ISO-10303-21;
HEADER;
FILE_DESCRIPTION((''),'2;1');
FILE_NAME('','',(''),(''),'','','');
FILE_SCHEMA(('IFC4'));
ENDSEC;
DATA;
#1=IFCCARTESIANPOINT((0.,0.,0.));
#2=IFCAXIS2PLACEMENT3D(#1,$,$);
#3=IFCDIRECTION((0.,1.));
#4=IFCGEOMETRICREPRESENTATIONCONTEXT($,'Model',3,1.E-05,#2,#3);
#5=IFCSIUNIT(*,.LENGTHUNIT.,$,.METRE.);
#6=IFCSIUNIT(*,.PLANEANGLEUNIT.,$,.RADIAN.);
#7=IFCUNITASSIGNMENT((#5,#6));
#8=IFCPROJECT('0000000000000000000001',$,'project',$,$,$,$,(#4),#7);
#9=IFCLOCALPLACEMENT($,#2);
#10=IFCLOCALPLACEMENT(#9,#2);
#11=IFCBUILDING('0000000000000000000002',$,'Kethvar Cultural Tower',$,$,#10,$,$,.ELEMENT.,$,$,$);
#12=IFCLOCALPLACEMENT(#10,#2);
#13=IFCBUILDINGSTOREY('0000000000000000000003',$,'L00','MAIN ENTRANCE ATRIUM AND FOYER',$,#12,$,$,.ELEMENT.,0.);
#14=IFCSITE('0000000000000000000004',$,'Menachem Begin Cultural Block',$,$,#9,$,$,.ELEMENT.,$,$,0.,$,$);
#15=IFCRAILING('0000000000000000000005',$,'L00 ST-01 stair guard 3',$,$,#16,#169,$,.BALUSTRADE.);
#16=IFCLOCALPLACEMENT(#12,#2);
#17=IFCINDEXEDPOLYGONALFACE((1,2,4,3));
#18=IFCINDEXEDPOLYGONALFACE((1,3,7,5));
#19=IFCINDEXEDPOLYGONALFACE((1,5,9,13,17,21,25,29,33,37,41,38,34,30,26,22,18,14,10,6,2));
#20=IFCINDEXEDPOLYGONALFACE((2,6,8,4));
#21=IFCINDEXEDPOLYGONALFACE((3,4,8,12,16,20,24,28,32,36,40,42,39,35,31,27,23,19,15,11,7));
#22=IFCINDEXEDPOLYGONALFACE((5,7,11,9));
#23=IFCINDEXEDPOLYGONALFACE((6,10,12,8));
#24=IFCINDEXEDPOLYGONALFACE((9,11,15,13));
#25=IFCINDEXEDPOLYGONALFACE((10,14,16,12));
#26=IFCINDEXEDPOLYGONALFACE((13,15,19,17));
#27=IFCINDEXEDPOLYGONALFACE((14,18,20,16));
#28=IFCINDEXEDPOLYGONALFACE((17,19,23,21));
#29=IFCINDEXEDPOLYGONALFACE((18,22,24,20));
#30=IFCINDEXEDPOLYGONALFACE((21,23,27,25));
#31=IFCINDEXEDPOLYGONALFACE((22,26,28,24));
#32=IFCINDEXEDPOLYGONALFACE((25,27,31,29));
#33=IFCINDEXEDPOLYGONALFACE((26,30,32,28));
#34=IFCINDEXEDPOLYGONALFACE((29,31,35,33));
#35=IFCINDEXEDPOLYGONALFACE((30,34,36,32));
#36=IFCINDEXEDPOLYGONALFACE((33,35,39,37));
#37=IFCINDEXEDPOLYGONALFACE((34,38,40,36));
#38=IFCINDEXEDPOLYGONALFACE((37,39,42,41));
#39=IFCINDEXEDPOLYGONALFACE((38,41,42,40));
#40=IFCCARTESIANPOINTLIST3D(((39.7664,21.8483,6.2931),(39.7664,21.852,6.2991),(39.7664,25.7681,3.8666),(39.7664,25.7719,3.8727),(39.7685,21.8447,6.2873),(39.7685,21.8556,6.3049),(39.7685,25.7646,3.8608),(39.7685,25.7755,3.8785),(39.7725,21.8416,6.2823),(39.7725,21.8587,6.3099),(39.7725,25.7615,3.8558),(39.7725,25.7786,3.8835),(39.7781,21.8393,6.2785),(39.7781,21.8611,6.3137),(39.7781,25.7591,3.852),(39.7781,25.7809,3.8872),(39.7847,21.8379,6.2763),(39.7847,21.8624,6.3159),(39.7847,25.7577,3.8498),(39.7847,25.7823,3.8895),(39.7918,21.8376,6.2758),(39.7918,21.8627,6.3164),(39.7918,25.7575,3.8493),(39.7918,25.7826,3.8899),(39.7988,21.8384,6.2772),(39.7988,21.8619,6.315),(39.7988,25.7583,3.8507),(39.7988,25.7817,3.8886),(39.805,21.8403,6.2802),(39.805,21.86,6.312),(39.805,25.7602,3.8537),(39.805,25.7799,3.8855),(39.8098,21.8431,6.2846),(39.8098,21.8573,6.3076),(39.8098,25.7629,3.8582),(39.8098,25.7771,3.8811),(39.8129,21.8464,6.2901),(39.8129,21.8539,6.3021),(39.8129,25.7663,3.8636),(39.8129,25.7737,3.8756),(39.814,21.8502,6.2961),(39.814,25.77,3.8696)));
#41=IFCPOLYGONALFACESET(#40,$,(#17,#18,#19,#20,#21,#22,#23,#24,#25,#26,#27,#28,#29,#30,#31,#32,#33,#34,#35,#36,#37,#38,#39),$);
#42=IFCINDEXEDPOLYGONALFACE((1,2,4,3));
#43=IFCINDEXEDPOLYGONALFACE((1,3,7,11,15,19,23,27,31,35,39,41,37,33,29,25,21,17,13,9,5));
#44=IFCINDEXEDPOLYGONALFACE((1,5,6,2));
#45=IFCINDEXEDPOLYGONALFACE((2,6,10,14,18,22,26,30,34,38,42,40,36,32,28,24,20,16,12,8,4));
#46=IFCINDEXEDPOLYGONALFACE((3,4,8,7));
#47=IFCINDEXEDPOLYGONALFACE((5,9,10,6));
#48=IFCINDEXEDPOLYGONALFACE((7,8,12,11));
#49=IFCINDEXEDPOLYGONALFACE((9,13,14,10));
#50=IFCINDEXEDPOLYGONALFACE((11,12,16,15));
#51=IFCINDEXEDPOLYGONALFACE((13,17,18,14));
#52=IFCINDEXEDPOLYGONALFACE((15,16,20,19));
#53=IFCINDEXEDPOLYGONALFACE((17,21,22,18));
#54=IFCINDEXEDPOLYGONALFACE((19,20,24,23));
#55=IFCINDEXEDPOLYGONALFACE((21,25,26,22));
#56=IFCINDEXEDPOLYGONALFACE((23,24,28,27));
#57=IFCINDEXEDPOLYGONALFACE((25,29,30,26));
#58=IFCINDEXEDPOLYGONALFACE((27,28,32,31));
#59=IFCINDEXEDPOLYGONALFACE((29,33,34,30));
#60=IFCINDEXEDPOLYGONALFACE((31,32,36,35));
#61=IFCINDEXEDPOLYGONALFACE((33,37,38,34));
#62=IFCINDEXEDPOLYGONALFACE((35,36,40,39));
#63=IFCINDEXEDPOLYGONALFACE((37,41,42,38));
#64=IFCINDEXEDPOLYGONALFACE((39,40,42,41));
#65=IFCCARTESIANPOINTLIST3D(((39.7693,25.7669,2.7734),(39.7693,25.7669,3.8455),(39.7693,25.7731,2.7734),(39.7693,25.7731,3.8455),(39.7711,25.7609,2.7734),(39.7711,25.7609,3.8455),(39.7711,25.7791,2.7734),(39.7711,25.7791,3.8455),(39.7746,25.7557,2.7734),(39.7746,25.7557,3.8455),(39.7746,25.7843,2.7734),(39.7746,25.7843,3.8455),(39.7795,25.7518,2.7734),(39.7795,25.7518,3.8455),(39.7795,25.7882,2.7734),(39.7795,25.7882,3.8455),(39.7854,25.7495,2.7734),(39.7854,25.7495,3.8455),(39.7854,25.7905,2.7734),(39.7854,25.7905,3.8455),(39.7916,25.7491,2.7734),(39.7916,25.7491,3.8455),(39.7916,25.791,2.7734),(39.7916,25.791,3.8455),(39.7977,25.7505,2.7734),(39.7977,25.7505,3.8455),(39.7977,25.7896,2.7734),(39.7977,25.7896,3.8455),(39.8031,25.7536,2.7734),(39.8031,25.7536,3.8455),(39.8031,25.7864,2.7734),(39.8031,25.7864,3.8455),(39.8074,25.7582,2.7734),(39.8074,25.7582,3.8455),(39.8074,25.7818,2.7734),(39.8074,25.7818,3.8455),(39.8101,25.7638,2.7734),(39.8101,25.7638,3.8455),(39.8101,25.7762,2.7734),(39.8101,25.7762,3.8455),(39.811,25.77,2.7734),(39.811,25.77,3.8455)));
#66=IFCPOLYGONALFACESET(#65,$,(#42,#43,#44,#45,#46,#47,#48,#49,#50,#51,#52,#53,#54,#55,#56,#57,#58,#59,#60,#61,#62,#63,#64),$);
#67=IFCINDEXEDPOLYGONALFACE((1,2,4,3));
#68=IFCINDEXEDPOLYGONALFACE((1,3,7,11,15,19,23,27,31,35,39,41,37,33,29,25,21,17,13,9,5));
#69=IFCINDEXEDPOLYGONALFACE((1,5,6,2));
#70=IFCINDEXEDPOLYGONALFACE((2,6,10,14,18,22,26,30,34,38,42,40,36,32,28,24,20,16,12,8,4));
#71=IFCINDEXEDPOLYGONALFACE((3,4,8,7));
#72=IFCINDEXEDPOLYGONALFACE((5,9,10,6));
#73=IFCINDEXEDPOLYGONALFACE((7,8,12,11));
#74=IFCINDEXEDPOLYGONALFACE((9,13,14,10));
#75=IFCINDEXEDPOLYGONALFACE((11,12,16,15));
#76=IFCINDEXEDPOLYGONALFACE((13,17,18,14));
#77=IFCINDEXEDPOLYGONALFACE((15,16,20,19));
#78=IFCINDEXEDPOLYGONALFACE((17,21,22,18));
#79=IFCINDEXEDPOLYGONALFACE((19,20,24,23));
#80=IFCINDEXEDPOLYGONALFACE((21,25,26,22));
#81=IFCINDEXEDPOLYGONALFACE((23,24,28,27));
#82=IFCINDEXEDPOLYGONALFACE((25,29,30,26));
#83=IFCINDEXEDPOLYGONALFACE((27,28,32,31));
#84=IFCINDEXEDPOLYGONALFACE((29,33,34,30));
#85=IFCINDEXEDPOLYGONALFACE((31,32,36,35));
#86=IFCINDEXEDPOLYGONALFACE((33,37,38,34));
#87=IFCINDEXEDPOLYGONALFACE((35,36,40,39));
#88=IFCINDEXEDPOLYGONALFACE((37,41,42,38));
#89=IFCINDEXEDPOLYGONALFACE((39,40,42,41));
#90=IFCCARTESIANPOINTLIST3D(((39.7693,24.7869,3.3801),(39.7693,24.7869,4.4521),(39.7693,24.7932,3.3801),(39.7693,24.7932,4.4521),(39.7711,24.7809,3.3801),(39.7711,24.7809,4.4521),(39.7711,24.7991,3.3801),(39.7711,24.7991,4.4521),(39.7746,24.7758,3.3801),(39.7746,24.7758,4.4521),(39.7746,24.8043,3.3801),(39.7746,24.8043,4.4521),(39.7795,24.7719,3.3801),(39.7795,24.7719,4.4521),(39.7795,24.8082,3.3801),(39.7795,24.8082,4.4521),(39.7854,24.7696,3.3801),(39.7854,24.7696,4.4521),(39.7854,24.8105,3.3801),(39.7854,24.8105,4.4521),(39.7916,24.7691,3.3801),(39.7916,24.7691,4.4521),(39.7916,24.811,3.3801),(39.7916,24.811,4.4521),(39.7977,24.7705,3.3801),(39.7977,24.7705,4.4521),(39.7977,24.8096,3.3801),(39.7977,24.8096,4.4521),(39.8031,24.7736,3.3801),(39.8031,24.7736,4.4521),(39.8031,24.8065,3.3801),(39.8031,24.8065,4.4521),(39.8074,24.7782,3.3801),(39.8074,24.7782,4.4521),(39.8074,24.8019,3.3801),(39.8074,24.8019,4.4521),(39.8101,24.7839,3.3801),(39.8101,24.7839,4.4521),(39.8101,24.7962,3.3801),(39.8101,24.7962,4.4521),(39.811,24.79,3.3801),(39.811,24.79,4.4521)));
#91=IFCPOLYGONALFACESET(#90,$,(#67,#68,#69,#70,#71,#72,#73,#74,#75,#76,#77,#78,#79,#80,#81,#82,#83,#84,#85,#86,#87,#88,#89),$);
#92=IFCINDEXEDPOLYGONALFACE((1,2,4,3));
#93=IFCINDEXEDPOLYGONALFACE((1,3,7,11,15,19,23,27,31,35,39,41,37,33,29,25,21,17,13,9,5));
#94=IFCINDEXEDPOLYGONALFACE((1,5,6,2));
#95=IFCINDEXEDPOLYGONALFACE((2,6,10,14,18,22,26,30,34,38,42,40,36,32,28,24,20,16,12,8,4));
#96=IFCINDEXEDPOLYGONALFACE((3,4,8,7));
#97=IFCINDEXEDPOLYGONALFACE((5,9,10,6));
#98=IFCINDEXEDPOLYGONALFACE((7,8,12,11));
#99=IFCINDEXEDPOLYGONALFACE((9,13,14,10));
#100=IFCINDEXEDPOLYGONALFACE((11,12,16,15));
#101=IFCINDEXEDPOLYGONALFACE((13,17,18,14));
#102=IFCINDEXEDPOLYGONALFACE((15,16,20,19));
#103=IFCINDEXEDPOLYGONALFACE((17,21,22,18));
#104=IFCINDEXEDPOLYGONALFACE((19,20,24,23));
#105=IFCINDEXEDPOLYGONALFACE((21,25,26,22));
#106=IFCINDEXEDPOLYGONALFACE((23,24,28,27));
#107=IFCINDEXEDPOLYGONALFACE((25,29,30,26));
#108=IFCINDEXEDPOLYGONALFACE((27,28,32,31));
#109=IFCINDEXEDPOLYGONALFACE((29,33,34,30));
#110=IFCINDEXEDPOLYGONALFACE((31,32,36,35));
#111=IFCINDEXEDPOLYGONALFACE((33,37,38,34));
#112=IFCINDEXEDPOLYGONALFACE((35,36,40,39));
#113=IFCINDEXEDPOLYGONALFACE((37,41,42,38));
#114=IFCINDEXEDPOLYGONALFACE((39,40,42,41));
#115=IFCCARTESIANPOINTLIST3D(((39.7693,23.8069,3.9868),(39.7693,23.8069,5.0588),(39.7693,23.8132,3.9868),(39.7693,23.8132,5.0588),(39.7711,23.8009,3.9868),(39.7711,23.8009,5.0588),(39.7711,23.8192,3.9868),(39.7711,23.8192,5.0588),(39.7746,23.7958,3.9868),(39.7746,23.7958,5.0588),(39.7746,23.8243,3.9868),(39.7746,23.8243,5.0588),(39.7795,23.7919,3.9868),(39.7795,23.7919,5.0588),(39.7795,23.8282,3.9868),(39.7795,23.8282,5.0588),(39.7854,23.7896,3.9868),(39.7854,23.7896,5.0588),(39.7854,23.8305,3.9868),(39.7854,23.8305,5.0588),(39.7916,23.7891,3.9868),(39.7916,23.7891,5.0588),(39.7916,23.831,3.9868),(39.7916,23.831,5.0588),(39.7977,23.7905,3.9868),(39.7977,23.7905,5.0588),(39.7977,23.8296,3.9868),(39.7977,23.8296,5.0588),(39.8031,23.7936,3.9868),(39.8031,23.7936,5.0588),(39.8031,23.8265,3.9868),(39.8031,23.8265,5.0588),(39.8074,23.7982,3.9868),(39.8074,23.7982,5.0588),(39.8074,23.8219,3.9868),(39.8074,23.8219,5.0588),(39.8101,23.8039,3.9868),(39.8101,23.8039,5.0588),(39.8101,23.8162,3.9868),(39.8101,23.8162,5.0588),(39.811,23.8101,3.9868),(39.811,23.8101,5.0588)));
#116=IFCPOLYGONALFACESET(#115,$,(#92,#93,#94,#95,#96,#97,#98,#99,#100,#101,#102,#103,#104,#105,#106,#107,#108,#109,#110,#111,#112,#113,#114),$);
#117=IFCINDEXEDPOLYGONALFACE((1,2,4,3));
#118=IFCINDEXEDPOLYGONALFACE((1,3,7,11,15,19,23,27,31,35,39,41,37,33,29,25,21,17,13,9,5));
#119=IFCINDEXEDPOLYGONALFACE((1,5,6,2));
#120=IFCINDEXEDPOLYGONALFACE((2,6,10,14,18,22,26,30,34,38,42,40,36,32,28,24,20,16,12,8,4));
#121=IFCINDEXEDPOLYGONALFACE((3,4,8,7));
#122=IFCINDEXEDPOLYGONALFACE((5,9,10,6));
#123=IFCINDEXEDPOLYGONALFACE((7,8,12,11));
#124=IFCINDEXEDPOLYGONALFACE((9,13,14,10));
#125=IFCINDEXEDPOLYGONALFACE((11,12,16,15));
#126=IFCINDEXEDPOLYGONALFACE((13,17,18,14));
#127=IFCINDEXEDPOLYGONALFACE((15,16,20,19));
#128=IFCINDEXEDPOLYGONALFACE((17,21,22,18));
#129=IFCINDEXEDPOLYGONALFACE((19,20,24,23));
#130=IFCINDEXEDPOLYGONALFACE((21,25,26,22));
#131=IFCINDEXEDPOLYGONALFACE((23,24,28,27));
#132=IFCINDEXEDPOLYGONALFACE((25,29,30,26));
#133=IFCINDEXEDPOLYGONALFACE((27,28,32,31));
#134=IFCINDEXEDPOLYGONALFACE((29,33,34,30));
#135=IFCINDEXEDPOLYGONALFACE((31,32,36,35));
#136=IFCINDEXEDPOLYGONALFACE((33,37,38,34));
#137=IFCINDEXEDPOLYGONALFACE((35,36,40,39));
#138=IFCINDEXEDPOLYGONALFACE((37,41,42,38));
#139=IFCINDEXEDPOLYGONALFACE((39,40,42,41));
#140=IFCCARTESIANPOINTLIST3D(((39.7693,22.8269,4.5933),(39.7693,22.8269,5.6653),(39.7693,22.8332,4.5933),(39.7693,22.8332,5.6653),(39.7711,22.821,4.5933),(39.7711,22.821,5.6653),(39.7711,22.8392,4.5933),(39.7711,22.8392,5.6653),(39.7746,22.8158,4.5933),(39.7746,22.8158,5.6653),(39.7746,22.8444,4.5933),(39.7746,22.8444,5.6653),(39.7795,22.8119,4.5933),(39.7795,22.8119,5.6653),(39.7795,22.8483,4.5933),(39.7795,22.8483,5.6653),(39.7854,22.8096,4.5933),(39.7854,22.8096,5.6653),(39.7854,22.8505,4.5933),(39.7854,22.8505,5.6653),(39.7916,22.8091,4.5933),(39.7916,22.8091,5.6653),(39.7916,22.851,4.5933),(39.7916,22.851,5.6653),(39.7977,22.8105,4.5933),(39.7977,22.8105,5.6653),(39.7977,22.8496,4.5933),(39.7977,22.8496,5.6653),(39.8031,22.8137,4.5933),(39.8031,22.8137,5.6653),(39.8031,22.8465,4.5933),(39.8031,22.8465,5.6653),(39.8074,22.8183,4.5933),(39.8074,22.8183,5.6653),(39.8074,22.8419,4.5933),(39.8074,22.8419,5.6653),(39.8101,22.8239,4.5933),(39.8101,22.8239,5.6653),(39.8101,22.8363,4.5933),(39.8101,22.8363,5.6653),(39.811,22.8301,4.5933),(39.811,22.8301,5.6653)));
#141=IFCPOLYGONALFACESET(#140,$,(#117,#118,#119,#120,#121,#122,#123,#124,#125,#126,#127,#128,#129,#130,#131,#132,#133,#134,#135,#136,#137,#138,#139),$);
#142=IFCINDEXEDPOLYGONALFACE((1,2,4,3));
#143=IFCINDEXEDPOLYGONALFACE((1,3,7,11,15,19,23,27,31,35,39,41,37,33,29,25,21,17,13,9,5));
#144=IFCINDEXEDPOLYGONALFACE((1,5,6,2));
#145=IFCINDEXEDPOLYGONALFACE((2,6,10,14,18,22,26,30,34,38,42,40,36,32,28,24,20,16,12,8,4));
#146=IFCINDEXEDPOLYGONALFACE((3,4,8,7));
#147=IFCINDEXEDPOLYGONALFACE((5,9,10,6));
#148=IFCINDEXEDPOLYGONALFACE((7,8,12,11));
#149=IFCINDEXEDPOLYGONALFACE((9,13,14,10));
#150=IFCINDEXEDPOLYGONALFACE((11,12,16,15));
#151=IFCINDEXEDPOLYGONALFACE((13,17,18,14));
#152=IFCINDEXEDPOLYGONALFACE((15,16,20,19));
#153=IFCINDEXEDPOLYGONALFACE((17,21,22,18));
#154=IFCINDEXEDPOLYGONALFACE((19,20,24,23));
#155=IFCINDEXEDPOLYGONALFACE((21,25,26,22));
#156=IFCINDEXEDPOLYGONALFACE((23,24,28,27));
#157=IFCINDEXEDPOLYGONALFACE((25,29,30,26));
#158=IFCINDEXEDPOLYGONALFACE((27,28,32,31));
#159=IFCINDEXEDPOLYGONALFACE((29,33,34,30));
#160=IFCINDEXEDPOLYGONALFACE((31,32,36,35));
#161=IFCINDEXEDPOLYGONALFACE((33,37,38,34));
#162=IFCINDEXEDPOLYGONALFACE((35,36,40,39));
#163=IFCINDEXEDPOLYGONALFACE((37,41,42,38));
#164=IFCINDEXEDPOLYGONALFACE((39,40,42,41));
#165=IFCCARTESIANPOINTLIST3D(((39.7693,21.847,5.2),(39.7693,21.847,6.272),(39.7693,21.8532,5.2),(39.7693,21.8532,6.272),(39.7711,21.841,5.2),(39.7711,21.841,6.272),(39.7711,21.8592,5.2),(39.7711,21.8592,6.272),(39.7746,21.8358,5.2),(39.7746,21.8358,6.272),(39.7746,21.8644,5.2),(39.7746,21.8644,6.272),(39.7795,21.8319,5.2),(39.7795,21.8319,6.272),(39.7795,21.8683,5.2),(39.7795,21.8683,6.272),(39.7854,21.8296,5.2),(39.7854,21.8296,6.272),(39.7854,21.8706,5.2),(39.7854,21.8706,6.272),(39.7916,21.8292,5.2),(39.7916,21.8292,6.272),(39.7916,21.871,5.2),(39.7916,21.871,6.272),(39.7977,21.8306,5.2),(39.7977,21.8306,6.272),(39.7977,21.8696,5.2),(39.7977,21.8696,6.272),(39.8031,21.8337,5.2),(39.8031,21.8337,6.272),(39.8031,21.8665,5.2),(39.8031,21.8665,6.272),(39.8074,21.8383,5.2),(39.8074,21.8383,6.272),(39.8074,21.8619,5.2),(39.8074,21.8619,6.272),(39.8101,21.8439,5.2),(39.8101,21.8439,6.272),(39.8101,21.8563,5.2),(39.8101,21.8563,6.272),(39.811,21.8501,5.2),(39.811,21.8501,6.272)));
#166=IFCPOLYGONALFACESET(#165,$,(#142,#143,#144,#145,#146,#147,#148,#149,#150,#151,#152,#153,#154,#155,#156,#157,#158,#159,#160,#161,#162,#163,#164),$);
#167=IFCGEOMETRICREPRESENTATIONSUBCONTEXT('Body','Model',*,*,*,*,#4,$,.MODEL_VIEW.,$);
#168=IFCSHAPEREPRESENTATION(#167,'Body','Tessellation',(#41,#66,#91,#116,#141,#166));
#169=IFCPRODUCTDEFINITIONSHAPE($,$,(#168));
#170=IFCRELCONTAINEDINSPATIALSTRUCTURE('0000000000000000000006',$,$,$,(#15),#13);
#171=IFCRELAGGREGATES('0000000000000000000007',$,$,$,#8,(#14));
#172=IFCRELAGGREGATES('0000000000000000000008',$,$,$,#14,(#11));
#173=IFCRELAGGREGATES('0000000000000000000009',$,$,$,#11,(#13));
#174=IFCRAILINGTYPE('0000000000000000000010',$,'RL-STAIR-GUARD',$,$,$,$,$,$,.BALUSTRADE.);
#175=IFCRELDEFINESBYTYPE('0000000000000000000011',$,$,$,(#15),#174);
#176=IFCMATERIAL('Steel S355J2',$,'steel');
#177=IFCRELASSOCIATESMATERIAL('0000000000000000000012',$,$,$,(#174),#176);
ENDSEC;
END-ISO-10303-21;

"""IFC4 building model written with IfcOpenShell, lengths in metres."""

from ifc_helpers import new_model, si_unit, direction, frame, origin, origin_2d, place, context, subcontext, project, spatial, circle, extrude, material, type_object, element, save


model = new_model("IFC4")

# Units and contexts
model_context = context("Model", 3, precision=1e-05, world=origin(), true_north=direction((0.0, 1.0)))
body_context = subcontext(model_context, "Body", "Model", "MODEL_VIEW")
ifc_project = project(units=[si_unit("LENGTHUNIT", "METRE"), si_unit("PLANEANGLEUNIT", "RADIAN")], contexts=[model_context])

# Site, building, storey
site_placement = place(None, origin())
site = spatial("IfcSite", under=ifc_project, at=site_placement, Name="Menachem Begin Cultural Block", CompositionType="ELEMENT", RefElevation=0.0)
building_placement = place(site_placement, origin())
building = spatial("IfcBuilding", under=site, at=building_placement, Name="Kethvar Cultural Tower", CompositionType="ELEMENT")
storey_placement = place(building_placement, origin())
storey = spatial("IfcBuildingStorey", under=building, at=storey_placement, Name="L00", Description="MAIN ENTRANCE ATRIUM AND FOYER", CompositionType="ELEMENT", Elevation=0.0)

# Shared definitions
ifc_material_1 = material(Name="Steel S355J2", Category="steel")

# Railing
railing_type = type_object("IfcRailingType", Name="RL-STAIR-GUARD", PredefinedType="BALUSTRADE", material=ifc_material_1)
railing_1_placement = place(storey_placement, frame((39.79, 25.77, 2.7734)))
element("IfcRailing", 1, at=railing_1_placement, inside=storey, type_object=railing_type, Name="L00 ST-01 stair guard 3", PredefinedType="BALUSTRADE", context=body_context, shape_type="SweptSolid", body=[
    extrude(circle(Radius=0.0239, at=origin_2d()), frame((0.0, 0.0, 1.0962), z_axis=(0.0, -0.850275, 0.526338), x_axis=(1.0, 0.0, 0.0)), (0.0, 0.0, 1.0), 4.6101),
    extrude(circle(Radius=0.021, at=origin_2d()), origin(), (0.0, 0.0, 1.0), 1.072),
    extrude(circle(Radius=0.021, at=origin_2d()), frame((0.0, -0.98, 0.6067)), (0.0, 0.0, 1.0), 1.072),
    extrude(circle(Radius=0.021, at=origin_2d()), frame((0.0, -1.96, 1.2134)), (0.0, 0.0, 1.0), 1.072),
    extrude(circle(Radius=0.021, at=origin_2d()), frame((0.0, -2.9399, 1.8198)), (0.0, 0.0, 1.0), 1.072),
    extrude(circle(Radius=0.021, at=origin_2d()), frame((0.0, -3.9199, 2.4265)), (0.0, 0.0, 1.0), 1.072),
])

save(model, "model.ifc")
